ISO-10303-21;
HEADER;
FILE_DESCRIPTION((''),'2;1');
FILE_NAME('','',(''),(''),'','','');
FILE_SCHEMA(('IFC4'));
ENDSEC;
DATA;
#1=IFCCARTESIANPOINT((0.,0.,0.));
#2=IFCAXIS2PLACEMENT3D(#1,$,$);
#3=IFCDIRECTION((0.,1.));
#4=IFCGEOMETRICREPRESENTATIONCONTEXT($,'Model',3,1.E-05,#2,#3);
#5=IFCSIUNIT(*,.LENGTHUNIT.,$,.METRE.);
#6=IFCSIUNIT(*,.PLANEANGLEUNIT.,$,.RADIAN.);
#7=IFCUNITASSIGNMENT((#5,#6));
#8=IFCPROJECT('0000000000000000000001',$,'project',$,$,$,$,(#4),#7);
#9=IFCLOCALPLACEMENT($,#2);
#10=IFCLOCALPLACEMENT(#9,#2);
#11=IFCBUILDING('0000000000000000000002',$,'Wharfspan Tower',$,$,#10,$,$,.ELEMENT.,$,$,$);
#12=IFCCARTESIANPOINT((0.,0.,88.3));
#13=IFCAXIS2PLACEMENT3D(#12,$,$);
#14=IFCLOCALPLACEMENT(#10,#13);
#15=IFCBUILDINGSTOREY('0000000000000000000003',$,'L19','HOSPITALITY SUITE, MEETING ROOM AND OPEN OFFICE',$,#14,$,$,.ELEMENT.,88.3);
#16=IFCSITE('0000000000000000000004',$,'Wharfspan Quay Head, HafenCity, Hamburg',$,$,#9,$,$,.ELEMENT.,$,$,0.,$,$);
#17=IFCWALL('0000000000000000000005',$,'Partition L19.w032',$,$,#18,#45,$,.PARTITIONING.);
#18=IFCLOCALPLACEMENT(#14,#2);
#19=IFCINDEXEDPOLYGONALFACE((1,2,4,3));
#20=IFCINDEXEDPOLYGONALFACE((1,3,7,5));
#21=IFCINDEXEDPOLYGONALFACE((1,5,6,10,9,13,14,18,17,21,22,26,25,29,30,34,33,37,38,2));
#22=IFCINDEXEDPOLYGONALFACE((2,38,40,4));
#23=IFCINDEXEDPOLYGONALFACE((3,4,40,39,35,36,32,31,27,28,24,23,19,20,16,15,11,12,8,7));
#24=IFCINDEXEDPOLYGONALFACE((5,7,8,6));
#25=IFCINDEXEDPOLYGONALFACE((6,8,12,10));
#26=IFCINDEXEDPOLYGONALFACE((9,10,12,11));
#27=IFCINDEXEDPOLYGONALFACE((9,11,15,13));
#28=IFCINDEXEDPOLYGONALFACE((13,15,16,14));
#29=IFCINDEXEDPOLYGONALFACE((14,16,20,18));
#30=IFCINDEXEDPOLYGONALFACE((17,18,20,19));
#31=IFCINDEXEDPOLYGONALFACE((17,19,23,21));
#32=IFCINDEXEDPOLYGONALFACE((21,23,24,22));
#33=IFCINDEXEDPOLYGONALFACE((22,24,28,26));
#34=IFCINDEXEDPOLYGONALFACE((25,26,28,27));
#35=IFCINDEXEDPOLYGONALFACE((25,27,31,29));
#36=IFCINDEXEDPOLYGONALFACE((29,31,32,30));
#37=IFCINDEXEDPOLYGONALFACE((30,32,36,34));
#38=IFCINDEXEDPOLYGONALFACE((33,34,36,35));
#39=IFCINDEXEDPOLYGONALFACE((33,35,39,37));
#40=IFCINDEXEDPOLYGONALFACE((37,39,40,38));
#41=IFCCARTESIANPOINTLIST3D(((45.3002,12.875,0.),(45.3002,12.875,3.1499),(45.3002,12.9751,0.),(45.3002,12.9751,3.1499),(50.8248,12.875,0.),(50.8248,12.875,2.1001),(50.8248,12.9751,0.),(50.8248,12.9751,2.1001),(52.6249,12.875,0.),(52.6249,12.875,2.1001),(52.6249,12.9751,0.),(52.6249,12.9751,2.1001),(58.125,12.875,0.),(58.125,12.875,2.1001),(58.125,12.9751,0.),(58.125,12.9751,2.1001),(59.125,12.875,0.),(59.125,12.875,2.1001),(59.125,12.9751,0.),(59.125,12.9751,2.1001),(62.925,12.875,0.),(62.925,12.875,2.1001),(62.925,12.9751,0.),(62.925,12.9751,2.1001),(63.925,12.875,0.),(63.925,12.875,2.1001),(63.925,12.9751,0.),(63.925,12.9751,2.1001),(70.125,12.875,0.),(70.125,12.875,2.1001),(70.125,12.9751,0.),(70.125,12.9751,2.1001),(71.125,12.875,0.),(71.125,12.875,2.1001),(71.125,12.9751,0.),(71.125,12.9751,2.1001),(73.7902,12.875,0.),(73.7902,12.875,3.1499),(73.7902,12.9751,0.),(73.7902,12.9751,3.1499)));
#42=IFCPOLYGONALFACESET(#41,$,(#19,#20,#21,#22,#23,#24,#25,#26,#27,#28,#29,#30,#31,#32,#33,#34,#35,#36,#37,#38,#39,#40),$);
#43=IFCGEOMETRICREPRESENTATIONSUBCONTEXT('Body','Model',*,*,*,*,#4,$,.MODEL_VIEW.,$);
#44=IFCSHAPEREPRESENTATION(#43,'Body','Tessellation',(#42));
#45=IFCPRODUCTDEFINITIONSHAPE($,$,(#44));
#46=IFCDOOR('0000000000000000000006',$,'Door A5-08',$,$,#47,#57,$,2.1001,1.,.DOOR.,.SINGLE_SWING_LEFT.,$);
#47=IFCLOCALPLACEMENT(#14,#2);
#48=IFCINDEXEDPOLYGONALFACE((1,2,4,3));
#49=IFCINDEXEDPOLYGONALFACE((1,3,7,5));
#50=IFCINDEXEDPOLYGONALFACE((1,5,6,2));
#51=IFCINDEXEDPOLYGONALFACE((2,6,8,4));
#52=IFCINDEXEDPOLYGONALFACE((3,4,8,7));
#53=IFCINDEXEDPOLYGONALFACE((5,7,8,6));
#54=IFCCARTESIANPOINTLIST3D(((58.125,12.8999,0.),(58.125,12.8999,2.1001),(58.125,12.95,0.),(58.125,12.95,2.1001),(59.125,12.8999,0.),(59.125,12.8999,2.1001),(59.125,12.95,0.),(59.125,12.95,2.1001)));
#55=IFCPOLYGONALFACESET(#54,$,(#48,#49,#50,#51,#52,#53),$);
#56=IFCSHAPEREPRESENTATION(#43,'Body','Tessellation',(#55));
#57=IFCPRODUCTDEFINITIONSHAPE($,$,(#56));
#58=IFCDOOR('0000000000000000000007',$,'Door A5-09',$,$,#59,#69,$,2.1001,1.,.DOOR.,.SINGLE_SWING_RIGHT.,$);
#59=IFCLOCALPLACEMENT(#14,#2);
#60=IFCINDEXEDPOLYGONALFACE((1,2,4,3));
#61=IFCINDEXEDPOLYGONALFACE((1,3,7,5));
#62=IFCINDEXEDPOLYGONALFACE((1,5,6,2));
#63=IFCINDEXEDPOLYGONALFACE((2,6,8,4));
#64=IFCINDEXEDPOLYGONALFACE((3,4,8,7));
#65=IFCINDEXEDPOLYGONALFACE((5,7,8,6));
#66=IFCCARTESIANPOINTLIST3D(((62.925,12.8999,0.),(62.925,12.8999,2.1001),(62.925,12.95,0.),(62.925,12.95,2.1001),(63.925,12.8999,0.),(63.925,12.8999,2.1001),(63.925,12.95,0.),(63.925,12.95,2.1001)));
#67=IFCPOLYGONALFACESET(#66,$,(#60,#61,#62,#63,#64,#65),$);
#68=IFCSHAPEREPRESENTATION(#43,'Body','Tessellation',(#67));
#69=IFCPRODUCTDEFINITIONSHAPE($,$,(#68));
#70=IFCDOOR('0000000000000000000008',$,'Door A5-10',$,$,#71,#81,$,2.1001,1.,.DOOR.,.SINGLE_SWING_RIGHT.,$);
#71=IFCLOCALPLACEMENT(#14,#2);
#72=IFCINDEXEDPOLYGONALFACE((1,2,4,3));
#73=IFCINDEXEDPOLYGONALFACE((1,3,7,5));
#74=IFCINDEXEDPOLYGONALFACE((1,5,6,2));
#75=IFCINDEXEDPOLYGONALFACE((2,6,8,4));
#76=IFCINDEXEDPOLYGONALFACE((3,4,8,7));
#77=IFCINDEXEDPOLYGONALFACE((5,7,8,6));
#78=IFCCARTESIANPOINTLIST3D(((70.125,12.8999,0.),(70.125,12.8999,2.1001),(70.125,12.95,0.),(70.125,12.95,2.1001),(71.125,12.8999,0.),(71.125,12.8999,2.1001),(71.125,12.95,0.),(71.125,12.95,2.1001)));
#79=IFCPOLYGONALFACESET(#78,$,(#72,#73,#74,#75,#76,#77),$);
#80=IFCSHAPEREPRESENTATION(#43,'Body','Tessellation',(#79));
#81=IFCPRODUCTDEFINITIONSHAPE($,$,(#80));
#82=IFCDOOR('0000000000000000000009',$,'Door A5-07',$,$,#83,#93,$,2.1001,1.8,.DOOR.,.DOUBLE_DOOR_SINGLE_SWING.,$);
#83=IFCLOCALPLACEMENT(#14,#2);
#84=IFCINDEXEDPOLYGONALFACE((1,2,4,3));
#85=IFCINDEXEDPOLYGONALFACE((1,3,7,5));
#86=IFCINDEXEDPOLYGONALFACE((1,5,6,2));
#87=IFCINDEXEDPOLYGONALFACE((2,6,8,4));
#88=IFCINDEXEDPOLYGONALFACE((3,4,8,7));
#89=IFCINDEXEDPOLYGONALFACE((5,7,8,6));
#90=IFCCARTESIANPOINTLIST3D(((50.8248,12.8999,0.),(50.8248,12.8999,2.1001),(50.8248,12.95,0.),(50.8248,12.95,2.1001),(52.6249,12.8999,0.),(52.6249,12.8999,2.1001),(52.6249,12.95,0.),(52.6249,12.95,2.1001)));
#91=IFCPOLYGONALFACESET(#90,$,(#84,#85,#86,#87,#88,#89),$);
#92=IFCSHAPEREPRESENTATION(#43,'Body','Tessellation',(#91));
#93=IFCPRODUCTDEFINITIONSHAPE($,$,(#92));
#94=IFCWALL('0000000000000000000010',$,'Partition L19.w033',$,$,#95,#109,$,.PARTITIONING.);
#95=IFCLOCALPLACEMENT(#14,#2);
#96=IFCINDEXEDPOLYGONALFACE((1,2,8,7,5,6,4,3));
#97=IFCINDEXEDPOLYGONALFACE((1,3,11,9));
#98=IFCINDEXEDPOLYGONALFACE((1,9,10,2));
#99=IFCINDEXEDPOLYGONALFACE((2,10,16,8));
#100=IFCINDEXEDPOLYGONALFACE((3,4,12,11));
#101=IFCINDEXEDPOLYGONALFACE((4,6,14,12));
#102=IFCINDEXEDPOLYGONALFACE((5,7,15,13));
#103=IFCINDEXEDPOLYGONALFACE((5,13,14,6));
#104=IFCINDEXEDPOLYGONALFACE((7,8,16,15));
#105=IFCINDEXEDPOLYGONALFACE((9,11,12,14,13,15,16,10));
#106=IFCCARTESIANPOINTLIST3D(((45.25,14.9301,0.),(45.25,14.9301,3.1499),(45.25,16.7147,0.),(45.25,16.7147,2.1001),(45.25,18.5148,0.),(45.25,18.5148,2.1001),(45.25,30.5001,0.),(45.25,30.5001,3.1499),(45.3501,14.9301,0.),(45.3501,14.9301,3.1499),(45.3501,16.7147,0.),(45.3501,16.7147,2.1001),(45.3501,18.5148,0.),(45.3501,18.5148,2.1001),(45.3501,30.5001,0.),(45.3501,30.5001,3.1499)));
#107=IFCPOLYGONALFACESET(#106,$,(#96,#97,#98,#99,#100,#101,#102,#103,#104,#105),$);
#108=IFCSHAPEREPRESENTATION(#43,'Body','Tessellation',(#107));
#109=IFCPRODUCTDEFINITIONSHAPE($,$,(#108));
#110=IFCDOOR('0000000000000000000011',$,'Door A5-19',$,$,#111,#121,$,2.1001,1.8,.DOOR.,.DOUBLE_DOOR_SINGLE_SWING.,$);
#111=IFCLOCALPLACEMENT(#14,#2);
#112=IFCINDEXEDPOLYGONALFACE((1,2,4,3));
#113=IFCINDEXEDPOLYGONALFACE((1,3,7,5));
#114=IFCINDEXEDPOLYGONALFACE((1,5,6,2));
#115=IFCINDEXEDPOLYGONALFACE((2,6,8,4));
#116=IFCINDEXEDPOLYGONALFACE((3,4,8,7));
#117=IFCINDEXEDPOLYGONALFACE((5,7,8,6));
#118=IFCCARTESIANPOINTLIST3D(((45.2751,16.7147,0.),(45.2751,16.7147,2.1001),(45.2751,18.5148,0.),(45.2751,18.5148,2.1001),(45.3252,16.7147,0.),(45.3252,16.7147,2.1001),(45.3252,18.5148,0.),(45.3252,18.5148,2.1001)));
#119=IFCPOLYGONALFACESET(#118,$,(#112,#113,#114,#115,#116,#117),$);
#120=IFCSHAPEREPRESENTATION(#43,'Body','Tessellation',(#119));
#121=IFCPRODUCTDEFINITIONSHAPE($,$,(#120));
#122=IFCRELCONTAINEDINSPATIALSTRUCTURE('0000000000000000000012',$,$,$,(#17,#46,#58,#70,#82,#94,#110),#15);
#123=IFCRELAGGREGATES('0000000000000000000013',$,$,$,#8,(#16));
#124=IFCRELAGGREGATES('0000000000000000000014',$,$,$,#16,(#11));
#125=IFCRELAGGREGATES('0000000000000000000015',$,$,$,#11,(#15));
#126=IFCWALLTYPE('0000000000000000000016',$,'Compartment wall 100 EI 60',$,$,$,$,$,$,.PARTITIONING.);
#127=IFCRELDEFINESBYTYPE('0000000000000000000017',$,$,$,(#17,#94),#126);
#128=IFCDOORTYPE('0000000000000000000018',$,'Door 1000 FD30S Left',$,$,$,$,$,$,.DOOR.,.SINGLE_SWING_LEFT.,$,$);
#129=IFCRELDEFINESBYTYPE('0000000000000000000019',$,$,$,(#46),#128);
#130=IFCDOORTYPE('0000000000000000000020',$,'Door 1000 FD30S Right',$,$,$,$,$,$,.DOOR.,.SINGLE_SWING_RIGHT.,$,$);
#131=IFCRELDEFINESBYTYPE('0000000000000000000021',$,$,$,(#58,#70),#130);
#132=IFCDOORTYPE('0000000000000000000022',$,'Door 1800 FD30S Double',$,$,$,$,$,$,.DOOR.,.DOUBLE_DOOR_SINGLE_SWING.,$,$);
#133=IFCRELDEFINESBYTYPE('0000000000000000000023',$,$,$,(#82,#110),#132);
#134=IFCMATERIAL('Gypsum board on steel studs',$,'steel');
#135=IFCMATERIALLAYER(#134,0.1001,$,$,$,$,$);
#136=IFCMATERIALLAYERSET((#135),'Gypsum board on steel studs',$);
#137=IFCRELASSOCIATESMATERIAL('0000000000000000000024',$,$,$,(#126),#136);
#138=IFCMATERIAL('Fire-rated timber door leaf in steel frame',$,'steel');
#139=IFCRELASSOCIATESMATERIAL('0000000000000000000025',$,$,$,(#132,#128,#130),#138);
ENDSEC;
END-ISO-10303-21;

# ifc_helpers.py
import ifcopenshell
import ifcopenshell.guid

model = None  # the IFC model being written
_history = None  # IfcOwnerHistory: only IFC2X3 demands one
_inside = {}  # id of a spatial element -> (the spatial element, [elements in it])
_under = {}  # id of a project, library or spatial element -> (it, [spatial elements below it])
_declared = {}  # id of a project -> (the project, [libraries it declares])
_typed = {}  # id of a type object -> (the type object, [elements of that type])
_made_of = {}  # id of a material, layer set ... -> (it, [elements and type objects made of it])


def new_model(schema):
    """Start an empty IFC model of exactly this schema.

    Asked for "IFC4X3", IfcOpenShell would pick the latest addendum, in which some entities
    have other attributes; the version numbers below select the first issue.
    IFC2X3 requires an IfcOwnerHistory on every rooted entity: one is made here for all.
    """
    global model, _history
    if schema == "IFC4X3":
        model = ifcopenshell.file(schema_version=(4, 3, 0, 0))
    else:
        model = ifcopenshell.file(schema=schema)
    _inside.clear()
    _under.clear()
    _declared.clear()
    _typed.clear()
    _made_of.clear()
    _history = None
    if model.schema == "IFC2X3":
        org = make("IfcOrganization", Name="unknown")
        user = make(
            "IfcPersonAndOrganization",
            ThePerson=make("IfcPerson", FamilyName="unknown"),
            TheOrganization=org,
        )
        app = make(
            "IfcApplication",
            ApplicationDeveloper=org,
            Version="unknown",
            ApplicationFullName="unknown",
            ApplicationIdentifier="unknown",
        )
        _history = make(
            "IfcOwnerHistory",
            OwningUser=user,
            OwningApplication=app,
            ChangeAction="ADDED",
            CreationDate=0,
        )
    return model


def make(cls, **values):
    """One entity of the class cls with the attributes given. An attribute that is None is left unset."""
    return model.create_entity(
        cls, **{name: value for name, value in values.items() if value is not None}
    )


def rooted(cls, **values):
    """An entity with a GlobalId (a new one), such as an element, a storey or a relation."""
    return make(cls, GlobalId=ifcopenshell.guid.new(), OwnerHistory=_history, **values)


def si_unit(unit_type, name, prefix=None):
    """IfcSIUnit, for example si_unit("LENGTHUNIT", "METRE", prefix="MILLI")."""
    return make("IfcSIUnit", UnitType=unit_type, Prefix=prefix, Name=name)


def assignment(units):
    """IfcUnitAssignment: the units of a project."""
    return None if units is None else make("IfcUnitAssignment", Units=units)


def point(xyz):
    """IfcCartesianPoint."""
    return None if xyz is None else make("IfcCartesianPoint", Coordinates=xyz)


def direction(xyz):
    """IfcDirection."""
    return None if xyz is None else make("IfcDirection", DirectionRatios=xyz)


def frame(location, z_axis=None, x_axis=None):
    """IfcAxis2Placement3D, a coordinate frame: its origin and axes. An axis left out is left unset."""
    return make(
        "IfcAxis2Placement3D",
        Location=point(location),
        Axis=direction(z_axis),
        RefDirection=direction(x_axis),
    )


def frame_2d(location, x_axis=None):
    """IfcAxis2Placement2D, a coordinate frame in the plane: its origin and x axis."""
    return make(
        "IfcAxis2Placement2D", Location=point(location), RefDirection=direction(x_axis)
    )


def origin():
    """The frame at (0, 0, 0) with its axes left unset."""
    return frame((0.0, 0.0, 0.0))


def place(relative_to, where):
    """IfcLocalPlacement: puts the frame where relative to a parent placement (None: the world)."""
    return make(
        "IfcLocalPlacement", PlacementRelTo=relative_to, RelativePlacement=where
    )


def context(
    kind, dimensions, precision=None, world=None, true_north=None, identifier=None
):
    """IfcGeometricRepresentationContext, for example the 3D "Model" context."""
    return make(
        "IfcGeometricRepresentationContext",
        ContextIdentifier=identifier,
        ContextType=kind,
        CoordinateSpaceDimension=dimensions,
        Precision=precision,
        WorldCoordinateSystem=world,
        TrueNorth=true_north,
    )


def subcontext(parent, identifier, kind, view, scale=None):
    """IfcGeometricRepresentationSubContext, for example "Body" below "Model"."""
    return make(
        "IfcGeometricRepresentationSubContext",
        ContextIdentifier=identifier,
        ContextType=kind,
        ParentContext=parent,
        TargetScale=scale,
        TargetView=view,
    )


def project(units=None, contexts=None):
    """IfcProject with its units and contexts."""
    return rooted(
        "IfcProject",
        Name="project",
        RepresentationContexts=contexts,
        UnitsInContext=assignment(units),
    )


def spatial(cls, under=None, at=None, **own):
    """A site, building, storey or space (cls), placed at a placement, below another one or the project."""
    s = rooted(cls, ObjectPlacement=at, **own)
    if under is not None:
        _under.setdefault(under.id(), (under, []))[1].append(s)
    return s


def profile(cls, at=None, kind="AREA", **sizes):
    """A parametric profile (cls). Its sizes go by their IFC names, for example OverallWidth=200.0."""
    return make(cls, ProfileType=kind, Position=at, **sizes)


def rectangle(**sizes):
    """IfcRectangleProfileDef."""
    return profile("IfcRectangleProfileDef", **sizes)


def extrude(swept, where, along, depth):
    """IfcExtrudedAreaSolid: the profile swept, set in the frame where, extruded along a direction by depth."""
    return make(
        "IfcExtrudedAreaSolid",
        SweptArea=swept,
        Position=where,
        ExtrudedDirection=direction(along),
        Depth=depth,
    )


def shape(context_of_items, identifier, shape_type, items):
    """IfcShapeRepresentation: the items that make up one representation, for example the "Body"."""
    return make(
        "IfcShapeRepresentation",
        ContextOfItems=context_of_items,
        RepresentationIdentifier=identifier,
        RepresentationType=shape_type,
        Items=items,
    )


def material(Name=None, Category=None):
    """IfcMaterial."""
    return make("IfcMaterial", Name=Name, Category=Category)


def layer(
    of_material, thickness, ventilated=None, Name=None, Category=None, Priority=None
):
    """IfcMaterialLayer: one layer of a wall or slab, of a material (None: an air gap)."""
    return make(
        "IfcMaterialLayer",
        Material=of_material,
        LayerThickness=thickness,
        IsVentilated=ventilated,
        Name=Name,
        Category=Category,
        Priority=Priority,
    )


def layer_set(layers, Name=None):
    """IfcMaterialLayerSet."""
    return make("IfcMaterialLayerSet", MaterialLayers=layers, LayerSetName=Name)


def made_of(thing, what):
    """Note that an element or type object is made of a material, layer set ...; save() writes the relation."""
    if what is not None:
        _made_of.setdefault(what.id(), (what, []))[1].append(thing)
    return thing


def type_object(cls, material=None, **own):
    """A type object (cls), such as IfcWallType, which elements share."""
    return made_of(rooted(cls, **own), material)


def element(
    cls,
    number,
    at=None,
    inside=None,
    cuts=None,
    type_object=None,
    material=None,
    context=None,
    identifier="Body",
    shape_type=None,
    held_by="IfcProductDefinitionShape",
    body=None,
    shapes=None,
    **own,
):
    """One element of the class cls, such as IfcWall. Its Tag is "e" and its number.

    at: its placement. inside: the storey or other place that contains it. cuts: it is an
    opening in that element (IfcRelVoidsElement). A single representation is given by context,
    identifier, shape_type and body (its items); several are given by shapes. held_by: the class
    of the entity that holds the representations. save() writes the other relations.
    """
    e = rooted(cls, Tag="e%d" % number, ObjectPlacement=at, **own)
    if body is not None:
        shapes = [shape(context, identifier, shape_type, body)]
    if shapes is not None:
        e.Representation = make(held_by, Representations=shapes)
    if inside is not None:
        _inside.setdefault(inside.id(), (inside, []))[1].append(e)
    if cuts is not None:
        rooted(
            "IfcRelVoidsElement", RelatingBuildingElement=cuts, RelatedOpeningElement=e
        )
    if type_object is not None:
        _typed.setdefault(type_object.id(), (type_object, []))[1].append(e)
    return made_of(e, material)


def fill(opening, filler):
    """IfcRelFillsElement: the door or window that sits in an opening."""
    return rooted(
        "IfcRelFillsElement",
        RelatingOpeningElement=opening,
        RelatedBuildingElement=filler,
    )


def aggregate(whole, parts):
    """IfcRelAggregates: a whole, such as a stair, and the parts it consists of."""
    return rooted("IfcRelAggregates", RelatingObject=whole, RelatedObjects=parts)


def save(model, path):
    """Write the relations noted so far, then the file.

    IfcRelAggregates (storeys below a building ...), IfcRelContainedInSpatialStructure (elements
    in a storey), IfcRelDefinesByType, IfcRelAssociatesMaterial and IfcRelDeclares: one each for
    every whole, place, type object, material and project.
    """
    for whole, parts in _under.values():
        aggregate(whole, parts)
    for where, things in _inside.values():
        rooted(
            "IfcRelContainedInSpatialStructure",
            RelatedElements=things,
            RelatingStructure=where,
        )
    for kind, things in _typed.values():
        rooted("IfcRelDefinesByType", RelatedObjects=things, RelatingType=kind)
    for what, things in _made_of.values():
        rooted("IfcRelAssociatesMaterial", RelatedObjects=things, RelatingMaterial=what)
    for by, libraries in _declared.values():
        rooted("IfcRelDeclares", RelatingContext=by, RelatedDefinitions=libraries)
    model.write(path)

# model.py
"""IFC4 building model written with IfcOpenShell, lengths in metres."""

from ifc_helpers import new_model, si_unit, direction, frame, frame_2d, origin, place, context, subcontext, project, spatial, rectangle, extrude, material, layer, layer_set, type_object, element, fill, save


model = new_model("IFC4")

# Units and contexts
model_context = context("Model", 3, precision=1e-05, world=origin(), true_north=direction((0.0, 1.0)))
body_context = subcontext(model_context, "Body", "Model", "MODEL_VIEW")
ifc_project = project(units=[si_unit("LENGTHUNIT", "METRE"), si_unit("PLANEANGLEUNIT", "RADIAN")], contexts=[model_context])

# Site, building, storey
site_placement = place(None, origin())
site = spatial("IfcSite", under=ifc_project, at=site_placement, Name="Wharfspan Quay Head, HafenCity, Hamburg", CompositionType="ELEMENT", RefElevation=0.0)
building_placement = place(site_placement, origin())
building = spatial("IfcBuilding", under=site, at=building_placement, Name="Wharfspan Tower", CompositionType="ELEMENT")
storey_placement = place(building_placement, frame((0.0, 0.0, 88.3)))
storey = spatial("IfcBuildingStorey", under=building, at=storey_placement, Name="L19", Description="HOSPITALITY SUITE, MEETING ROOM AND OPEN OFFICE", CompositionType="ELEMENT", Elevation=88.3)

# Shared definitions
ifc_material_1 = material(Name="Gypsum board on steel studs", Category="steel")
ifc_layer_1 = layer(ifc_material_1, 0.1001)
ifc_layer_set_1 = layer_set([ifc_layer_1], Name="Gypsum board on steel studs")
wall_type_1 = type_object("IfcWallType", Name="Compartment wall 100 EI 60", PredefinedType="PARTITIONING", material=ifc_layer_set_1)

# Shared definitions
ifc_material_2 = material(Name="Fire-rated timber door leaf in steel frame", Category="steel")
door_type_1 = type_object("IfcDoorType", Name="Door 1800 FD30S Double", OperationType="DOUBLE_DOOR_SINGLE_SWING", PredefinedType="DOOR", material=ifc_material_2)

# Wall, openings, doors
wall_1_placement = place(storey_placement, frame((45.3, 12.925, 0.0), z_axis=(0.0, 0.0, 1.0), x_axis=(1.0, 0.0, 0.0)))
wall_1 = element("IfcWall", 1, at=wall_1_placement, inside=storey, type_object=wall_type_1, Name="Partition L19.w032", PredefinedType="PARTITIONING", context=body_context, shape_type="SweptSolid", body=[
    extrude(rectangle(XDim=28.49, YDim=0.1001, at=frame_2d((14.2451, 0.0))), origin(), (0.0, 0.0, 1.0), 3.1499),
])
opening_1_placement = place(wall_1_placement, frame((5.5249, 0.0, 0.0)))
opening_1 = element("IfcOpeningElement", 2, at=opening_1_placement, cuts=wall_1, PredefinedType="OPENING", context=body_context, shape_type="SweptSolid", body=[
    extrude(rectangle(XDim=1.8, YDim=2.1001, at=frame_2d((0.8999, 1.05))), frame((0.0, 0.0601, 0.0), z_axis=(0.0, -1.0, 0.0), x_axis=(1.0, 0.0, 0.0)), (0.0, 0.0, 1.0), 0.1201),
])
opening_2_placement = place(wall_1_placement, frame((12.825, 0.0, 0.0)))
opening_2 = element("IfcOpeningElement", 3, at=opening_2_placement, cuts=wall_1, PredefinedType="OPENING", context=body_context, shape_type="SweptSolid", body=[
    extrude(rectangle(XDim=1.0, YDim=2.1001, at=frame_2d((0.5, 1.05))), frame((0.0, 0.0601, 0.0), z_axis=(0.0, -1.0, 0.0), x_axis=(1.0, 0.0, 0.0)), (0.0, 0.0, 1.0), 0.1201),
])
opening_3_placement = place(wall_1_placement, frame((17.625, 0.0, 0.0)))
opening_3 = element("IfcOpeningElement", 4, at=opening_3_placement, cuts=wall_1, PredefinedType="OPENING", context=body_context, shape_type="SweptSolid", body=[
    extrude(rectangle(XDim=1.0, YDim=2.1001, at=frame_2d((0.5, 1.05))), frame((0.0, 0.0601, 0.0), z_axis=(0.0, -1.0, 0.0), x_axis=(1.0, 0.0, 0.0)), (0.0, 0.0, 1.0), 0.1201),
])
opening_4_placement = place(wall_1_placement, frame((24.825, 0.0, 0.0)))
opening_4 = element("IfcOpeningElement", 5, at=opening_4_placement, cuts=wall_1, PredefinedType="OPENING", context=body_context, shape_type="SweptSolid", body=[
    extrude(rectangle(XDim=1.0, YDim=2.1001, at=frame_2d((0.5, 1.05))), frame((0.0, 0.0601, 0.0), z_axis=(0.0, -1.0, 0.0), x_axis=(1.0, 0.0, 0.0)), (0.0, 0.0, 1.0), 0.1201),
])
door_type_2 = type_object("IfcDoorType", Name="Door 1000 FD30S Left", OperationType="SINGLE_SWING_LEFT", PredefinedType="DOOR", material=ifc_material_2)
door_1_placement = place(opening_2_placement, origin())
door_1 = element("IfcDoor", 6, at=door_1_placement, inside=storey, type_object=door_type_2, Name="Door A5-08", OperationType="SINGLE_SWING_LEFT", OverallHeight=2.1001, OverallWidth=1.0, PredefinedType="DOOR", context=body_context, shape_type="SweptSolid", body=[
    extrude(rectangle(XDim=1.0, YDim=2.1001, at=frame_2d((0.5, 1.05))), frame((0.0, 0.0249, 0.0), z_axis=(0.0, -1.0, 0.0), x_axis=(1.0, 0.0, 0.0)), (0.0, 0.0, 1.0), 0.05),
])
fill(opening_2, door_1)
door_type_3 = type_object("IfcDoorType", Name="Door 1000 FD30S Right", OperationType="SINGLE_SWING_RIGHT", PredefinedType="DOOR", material=ifc_material_2)
door_2_placement = place(opening_3_placement, origin())
door_2 = element("IfcDoor", 7, at=door_2_placement, inside=storey, type_object=door_type_3, Name="Door A5-09", OperationType="SINGLE_SWING_RIGHT", OverallHeight=2.1001, OverallWidth=1.0, PredefinedType="DOOR", context=body_context, shape_type="SweptSolid", body=[
    extrude(rectangle(XDim=1.0, YDim=2.1001, at=frame_2d((0.5, 1.05))), frame((0.0, 0.0249, 0.0), z_axis=(0.0, -1.0, 0.0), x_axis=(1.0, 0.0, 0.0)), (0.0, 0.0, 1.0), 0.05),
])
fill(opening_3, door_2)
door_3_placement = place(opening_4_placement, origin())
door_3 = element("IfcDoor", 8, at=door_3_placement, inside=storey, type_object=door_type_3, Name="Door A5-10", OperationType="SINGLE_SWING_RIGHT", OverallHeight=2.1001, OverallWidth=1.0, PredefinedType="DOOR", context=body_context, shape_type="SweptSolid", body=[
    extrude(rectangle(XDim=1.0, YDim=2.1001, at=frame_2d((0.5, 1.05))), frame((0.0, 0.0249, 0.0), z_axis=(0.0, -1.0, 0.0), x_axis=(1.0, 0.0, 0.0)), (0.0, 0.0, 1.0), 0.05),
])
fill(opening_4, door_3)
door_4_placement = place(opening_1_placement, origin())
door_4 = element("IfcDoor", 9, at=door_4_placement, inside=storey, type_object=door_type_1, Name="Door A5-07", OperationType="DOUBLE_DOOR_SINGLE_SWING", OverallHeight=2.1001, OverallWidth=1.8, PredefinedType="DOOR", context=body_context, shape_type="SweptSolid", body=[
    extrude(rectangle(XDim=1.8, YDim=2.1001, at=frame_2d((0.8999, 1.05))), frame((0.0, 0.0249, 0.0), z_axis=(0.0, -1.0, 0.0), x_axis=(1.0, 0.0, 0.0)), (0.0, 0.0, 1.0), 0.05),
])
fill(opening_1, door_4)

# Wall, opening, door
wall_2_placement = place(storey_placement, frame((45.3, 14.9299, 0.0), z_axis=(0.0, 0.0, 1.0), x_axis=(0.0, 1.0, 0.0)))
wall_2 = element("IfcWall", 10, at=wall_2_placement, inside=storey, type_object=wall_type_1, Name="Partition L19.w033", PredefinedType="PARTITIONING", context=body_context, shape_type="SweptSolid", body=[
    extrude(rectangle(XDim=15.5701, YDim=0.1001, at=frame_2d((7.7852, 0.0))), origin(), (0.0, 0.0, 1.0), 3.1499),
])
opening_5_placement = place(wall_2_placement, frame((1.7849, 0.0, 0.0)))
opening_5 = element("IfcOpeningElement", 11, at=opening_5_placement, cuts=wall_2, PredefinedType="OPENING", context=body_context, shape_type="SweptSolid", body=[
    extrude(rectangle(XDim=1.8, YDim=2.1001, at=frame_2d((0.8999, 1.05))), frame((0.0, 0.0601, 0.0), z_axis=(0.0, -1.0, 0.0), x_axis=(1.0, 0.0, 0.0)), (0.0, 0.0, 1.0), 0.1201),
])
door_5_placement = place(opening_5_placement, origin())
door_5 = element("IfcDoor", 12, at=door_5_placement, inside=storey, type_object=door_type_1, Name="Door A5-19", OperationType="DOUBLE_DOOR_SINGLE_SWING", OverallHeight=2.1001, OverallWidth=1.8, PredefinedType="DOOR", context=body_context, shape_type="SweptSolid", body=[
    extrude(rectangle(XDim=1.8, YDim=2.1001, at=frame_2d((0.8999, 1.05))), frame((0.0, 0.0249, 0.0), z_axis=(0.0, -1.0, 0.0), x_axis=(1.0, 0.0, 0.0)), (0.0, 0.0, 1.0), 0.05),
])
fill(opening_5, door_5)

save(model, "model.ifc")
